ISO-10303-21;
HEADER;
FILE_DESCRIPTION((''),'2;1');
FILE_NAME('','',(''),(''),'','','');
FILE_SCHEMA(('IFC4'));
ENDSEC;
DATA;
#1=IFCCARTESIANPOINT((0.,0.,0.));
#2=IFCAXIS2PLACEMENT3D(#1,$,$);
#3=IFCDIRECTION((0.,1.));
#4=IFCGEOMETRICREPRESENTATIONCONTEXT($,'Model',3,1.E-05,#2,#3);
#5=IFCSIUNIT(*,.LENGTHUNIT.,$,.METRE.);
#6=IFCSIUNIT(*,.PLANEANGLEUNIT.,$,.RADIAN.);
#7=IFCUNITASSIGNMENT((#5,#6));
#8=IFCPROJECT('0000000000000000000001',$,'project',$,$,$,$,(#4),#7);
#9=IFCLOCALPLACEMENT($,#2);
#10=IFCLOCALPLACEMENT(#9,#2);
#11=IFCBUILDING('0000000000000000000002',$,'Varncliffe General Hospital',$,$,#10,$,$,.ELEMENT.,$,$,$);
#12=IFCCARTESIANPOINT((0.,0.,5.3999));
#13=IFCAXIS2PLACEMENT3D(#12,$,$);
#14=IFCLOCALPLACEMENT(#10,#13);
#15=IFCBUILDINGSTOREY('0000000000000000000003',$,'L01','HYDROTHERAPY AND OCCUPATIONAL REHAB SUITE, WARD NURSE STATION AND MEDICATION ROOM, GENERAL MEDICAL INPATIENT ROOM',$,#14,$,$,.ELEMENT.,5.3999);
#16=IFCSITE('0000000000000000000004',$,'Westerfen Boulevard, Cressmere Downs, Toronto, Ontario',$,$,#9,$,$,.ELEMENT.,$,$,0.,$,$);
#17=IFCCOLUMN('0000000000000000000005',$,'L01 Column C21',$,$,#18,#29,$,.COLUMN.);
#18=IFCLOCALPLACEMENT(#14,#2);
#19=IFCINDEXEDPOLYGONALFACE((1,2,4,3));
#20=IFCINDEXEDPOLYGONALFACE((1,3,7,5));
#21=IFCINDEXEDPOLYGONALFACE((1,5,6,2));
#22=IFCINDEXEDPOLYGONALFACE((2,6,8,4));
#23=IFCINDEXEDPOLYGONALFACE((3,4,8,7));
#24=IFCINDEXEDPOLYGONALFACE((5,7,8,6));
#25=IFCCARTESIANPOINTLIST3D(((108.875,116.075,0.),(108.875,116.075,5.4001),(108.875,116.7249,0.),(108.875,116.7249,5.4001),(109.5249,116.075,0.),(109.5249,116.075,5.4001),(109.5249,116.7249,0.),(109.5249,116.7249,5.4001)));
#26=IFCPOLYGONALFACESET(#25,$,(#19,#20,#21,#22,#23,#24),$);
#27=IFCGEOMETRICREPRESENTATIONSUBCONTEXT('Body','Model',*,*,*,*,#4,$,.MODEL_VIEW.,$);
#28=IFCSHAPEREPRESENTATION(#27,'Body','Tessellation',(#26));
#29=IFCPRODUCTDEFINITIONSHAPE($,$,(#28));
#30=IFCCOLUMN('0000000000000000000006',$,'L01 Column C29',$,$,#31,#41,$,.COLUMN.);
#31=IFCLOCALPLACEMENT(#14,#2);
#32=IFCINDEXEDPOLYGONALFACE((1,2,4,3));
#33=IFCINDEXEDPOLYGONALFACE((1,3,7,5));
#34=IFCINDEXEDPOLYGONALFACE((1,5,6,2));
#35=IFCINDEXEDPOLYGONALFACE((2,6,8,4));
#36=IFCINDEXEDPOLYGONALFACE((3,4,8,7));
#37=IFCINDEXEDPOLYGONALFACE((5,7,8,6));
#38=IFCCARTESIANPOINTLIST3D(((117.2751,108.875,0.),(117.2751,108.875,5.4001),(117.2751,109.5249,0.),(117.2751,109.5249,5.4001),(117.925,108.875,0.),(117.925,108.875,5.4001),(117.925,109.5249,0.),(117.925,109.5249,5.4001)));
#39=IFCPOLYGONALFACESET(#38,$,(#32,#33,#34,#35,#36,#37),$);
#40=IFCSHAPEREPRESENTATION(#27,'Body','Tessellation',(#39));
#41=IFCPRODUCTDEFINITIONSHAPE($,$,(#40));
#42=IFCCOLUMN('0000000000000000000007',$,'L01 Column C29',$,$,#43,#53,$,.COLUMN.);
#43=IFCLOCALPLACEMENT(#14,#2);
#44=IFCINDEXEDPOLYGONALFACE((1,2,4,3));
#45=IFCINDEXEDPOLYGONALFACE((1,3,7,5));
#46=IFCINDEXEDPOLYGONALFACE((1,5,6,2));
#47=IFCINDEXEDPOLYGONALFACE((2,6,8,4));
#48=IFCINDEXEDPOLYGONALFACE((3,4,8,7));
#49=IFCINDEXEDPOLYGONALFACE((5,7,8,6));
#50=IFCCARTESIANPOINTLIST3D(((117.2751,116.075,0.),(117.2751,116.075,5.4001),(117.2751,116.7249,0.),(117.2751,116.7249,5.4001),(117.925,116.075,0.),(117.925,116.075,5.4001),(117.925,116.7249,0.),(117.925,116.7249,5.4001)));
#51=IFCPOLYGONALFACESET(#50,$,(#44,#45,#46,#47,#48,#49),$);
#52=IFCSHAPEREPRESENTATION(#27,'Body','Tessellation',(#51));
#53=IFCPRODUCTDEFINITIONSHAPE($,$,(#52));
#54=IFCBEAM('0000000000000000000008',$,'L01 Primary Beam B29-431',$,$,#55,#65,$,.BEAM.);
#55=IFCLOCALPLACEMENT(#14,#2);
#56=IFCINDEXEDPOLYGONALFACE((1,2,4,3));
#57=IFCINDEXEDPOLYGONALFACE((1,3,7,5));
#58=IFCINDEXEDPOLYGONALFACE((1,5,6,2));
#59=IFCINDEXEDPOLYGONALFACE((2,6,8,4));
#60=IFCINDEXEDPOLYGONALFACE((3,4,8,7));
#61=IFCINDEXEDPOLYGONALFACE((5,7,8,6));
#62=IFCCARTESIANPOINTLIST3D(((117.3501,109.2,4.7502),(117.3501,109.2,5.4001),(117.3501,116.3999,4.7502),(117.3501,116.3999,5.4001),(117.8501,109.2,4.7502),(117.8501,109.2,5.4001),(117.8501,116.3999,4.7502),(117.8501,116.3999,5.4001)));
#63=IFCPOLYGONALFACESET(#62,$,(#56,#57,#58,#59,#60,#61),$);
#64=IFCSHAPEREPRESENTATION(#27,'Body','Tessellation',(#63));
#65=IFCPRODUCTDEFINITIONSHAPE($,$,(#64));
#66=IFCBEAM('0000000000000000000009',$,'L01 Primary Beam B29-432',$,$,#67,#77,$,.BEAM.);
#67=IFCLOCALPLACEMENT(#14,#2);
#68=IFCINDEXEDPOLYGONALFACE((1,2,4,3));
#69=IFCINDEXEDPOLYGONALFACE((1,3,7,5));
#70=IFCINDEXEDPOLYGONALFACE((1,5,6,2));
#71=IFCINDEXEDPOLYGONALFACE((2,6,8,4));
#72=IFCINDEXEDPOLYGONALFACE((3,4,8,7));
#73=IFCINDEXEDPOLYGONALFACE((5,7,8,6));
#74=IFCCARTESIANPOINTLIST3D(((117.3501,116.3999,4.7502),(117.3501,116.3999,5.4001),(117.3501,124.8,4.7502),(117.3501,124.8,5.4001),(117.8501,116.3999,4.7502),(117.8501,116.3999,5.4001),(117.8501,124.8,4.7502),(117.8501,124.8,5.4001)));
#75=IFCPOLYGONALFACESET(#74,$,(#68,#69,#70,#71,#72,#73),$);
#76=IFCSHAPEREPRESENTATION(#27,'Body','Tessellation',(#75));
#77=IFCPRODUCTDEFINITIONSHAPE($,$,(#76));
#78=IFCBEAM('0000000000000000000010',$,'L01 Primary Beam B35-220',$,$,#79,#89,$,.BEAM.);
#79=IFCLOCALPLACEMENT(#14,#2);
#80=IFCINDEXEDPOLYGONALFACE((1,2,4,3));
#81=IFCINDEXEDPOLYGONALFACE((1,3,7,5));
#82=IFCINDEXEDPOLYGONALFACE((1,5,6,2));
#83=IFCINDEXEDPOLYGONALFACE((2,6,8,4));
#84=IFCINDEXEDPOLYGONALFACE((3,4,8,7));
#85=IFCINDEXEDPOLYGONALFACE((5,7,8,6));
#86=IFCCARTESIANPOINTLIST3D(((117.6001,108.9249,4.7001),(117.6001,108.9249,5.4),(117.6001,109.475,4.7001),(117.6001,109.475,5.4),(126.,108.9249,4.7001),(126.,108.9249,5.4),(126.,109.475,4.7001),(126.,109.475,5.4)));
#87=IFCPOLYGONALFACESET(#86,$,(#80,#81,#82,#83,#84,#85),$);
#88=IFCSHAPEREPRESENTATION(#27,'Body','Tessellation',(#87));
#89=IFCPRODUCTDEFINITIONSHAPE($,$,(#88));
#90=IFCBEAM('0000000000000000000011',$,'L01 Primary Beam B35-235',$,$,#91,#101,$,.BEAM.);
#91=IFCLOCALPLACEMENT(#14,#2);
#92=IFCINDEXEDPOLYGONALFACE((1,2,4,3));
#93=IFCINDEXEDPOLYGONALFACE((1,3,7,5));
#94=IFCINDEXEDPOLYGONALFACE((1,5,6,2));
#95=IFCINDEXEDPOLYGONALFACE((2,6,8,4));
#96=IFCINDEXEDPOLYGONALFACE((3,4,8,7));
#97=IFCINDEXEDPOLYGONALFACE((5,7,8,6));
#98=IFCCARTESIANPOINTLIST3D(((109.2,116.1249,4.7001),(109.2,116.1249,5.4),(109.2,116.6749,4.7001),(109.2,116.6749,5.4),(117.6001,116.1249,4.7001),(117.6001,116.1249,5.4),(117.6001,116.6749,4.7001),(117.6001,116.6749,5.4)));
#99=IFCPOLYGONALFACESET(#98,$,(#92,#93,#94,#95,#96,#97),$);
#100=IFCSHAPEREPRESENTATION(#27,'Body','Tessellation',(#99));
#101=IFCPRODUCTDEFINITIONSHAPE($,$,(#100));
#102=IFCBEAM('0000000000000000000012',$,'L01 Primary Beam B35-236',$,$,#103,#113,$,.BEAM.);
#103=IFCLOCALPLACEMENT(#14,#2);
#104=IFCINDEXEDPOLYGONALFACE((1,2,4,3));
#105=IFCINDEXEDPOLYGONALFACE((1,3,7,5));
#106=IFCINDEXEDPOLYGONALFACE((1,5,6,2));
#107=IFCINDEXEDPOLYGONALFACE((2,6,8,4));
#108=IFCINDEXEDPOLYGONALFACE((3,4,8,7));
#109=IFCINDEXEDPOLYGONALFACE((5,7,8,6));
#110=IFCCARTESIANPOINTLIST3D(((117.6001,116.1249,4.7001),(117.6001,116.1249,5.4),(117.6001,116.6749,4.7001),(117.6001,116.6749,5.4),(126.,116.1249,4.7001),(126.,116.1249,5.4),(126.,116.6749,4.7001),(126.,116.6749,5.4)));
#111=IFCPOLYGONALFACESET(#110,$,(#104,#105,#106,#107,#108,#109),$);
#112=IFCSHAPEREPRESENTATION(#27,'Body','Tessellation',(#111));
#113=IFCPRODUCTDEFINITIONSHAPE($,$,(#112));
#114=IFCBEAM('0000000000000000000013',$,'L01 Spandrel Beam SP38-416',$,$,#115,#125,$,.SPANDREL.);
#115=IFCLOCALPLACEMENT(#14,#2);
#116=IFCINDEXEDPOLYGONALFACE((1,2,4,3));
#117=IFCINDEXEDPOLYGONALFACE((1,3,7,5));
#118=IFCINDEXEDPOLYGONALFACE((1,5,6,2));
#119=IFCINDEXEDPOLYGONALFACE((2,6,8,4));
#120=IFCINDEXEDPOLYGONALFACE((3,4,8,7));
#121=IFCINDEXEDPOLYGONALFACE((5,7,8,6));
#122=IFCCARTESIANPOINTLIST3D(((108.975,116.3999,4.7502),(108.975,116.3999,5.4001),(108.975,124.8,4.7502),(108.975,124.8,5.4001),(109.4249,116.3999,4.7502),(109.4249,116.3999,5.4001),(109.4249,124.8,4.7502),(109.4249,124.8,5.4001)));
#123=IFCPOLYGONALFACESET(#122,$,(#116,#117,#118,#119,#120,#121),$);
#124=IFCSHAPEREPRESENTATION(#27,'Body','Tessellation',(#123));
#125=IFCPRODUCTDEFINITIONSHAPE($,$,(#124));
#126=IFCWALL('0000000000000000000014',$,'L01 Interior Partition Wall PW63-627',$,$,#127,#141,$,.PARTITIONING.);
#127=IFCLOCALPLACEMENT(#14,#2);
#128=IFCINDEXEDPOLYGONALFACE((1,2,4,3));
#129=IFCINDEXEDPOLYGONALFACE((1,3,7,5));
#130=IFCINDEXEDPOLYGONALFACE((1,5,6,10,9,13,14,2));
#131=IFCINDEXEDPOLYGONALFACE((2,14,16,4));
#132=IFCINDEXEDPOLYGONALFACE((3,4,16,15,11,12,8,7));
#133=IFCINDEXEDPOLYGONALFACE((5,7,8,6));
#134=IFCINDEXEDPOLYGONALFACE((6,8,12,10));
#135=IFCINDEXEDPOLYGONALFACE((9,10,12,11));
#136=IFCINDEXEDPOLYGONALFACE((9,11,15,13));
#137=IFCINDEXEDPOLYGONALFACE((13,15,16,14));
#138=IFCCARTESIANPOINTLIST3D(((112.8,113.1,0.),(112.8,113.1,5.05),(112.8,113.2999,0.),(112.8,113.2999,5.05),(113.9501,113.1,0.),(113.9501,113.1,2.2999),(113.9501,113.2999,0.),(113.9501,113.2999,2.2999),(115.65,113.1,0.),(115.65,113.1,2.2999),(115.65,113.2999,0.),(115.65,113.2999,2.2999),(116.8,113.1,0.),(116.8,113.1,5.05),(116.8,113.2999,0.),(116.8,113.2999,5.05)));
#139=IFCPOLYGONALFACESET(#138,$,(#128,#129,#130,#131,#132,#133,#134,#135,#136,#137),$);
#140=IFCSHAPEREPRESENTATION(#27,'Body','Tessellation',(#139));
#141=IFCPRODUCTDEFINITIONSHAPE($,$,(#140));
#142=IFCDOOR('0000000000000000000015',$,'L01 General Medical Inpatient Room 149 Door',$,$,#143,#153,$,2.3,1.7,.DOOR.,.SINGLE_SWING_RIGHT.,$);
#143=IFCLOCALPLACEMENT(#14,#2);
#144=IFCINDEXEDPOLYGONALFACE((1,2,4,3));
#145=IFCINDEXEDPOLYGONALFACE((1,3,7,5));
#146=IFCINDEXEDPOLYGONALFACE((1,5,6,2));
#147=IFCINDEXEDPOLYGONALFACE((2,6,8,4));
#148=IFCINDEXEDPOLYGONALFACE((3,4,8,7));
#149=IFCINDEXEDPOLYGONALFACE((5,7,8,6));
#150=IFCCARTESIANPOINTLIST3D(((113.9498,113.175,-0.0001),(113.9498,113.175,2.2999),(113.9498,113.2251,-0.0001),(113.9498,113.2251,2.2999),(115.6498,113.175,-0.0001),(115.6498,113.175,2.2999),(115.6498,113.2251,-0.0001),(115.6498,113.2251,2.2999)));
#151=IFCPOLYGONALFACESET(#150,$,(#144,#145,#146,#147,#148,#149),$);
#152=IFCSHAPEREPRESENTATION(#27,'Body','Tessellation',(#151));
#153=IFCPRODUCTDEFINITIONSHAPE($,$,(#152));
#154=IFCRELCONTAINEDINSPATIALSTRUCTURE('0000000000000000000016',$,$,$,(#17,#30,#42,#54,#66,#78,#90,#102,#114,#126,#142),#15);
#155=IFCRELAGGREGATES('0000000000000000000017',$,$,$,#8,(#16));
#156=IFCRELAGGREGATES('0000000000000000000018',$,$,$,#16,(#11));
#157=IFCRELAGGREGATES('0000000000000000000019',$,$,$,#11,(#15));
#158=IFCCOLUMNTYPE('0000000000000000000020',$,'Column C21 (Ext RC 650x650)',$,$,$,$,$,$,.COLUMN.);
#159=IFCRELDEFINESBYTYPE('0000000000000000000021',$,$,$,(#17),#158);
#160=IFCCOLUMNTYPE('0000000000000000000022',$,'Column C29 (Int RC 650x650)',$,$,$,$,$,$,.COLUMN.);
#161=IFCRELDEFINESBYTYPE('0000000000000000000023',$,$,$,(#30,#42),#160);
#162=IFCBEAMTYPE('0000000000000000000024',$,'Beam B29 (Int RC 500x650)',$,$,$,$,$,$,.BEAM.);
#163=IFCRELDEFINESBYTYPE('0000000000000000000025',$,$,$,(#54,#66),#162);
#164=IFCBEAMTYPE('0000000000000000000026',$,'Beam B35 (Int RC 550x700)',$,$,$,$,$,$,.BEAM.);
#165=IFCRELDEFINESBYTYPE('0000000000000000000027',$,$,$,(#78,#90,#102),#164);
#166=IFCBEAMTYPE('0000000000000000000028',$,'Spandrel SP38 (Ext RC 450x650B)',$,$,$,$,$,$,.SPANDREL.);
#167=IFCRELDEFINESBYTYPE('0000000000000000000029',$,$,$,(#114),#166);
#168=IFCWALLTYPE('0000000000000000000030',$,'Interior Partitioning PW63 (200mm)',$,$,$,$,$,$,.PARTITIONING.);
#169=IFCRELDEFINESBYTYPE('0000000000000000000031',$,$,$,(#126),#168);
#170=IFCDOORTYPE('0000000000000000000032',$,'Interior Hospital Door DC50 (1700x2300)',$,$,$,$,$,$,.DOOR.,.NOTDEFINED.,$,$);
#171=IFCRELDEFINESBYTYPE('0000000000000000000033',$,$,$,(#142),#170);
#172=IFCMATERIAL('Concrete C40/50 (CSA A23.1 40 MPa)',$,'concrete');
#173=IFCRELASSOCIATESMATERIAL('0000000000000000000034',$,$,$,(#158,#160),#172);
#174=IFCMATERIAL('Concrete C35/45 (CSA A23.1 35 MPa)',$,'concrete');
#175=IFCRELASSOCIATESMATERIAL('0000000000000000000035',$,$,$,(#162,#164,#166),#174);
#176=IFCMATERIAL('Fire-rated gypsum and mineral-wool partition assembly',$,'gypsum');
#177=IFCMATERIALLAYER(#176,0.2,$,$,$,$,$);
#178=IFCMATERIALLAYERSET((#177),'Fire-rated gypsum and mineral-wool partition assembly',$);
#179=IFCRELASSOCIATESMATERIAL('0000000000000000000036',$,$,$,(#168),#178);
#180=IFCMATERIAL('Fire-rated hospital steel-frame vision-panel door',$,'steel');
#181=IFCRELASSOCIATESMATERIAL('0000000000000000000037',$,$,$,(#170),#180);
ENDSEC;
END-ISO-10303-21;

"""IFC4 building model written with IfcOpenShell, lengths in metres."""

from ifc_helpers import new_model, si_unit, direction, frame, frame_2d, origin, origin_2d, place, context, subcontext, project, spatial, rectangle, extrude, material, layer, layer_set, material_profile, profile_set, type_object, element, fill, save


model = new_model("IFC4")

# Units and contexts
model_context = context("Model", 3, precision=1e-05, world=origin(), true_north=direction((0.0, 1.0)))
body_context = subcontext(model_context, "Body", "Model", "MODEL_VIEW")
ifc_project = project(units=[si_unit("LENGTHUNIT", "METRE"), si_unit("PLANEANGLEUNIT", "RADIAN")], contexts=[model_context])

# Site, building, storey
site_placement = place(None, origin())
site = spatial("IfcSite", under=ifc_project, at=site_placement, Name="Westerfen Boulevard, Cressmere Downs, Toronto, Ontario", CompositionType="ELEMENT", RefElevation=0.0)
building_placement = place(site_placement, origin())
building = spatial("IfcBuilding", under=site, at=building_placement, Name="Varncliffe General Hospital", CompositionType="ELEMENT")
storey_placement = place(building_placement, frame((0.0, 0.0, 5.3999)))
storey = spatial("IfcBuildingStorey", under=building, at=storey_placement, Name="L01", Description="HYDROTHERAPY AND OCCUPATIONAL REHAB SUITE, WARD NURSE STATION AND MEDICATION ROOM, GENERAL MEDICAL INPATIENT ROOM", CompositionType="ELEMENT", Elevation=5.3999)

# Columns
ifc_material_1 = material(Name="Concrete C40/50 (CSA A23.1 40 MPa)", Category="concrete")
ifc_material_profile_1 = material_profile(ifc_material_1, rectangle(XDim=0.6499, YDim=0.6499, at=origin_2d()), Name="RC 650x650")
ifc_profile_set_1 = profile_set([ifc_material_profile_1], Name="Concrete C40/50 (CSA A23.1 40 MPa)")
column_type_1 = type_object("IfcColumnType", Name="Column C21 (Ext RC 650x650)", PredefinedType="COLUMN", material=ifc_profile_set_1)
column_placement = place(storey_placement, frame((109.2, 116.3999, 0.0), z_axis=(0.0, 0.0, 1.0), x_axis=(1.0, 0.0, 0.0)))
element("IfcColumn", 1, at=column_placement, inside=storey, type_object=column_type_1, Name="L01 Column C21", PredefinedType="COLUMN", context=body_context, shape_type="SweptSolid", body=[
    extrude(rectangle(XDim=0.6499, YDim=0.6499, at=origin_2d()), origin(), (0.0, 0.0, 1.0), 5.4001),
])
ifc_material_profile_2 = material_profile(ifc_material_1, rectangle(XDim=0.6499, YDim=0.6499, at=origin_2d()), Name="RC 650x650")
ifc_profile_set_2 = profile_set([ifc_material_profile_2], Name="Concrete C40/50 (CSA A23.1 40 MPa)")
column_type_2 = type_object("IfcColumnType", Name="Column C29 (Int RC 650x650)", PredefinedType="COLUMN", material=ifc_profile_set_2)
for number, where, z_axis, x_axis, name in (
    (2, (117.6001, 109.2, 0.0), (0.0, 0.0, 1.0), (1.0, 0.0, 0.0), "L01 Column C29"),
    (3, (117.6001, 116.3999, 0.0), (0.0, 0.0, 1.0), (1.0, 0.0, 0.0), "L01 Column C29"),
):
    element("IfcColumn", number, at=place(storey_placement, frame(where, z_axis=z_axis, x_axis=x_axis)), inside=storey, type_object=column_type_2, Name=name, PredefinedType="COLUMN", context=body_context, shape_type="SweptSolid", body=[
        extrude(rectangle(XDim=0.6499, YDim=0.6499, at=origin_2d()), origin(), (0.0, 0.0, 1.0), 5.4001),
    ])

# Beams
ifc_material_2 = material(Name="Concrete C35/45 (CSA A23.1 35 MPa)", Category="concrete")
ifc_material_profile_3 = material_profile(ifc_material_2, rectangle(XDim=0.5, YDim=0.6499, at=origin_2d()), Name="RC 500x650")
ifc_profile_set_3 = profile_set([ifc_material_profile_3], Name="Concrete C35/45 (CSA A23.1 35 MPa)")
beam_type_1 = type_object("IfcBeamType", Name="Beam B29 (Int RC 500x650)", PredefinedType="BEAM", material=ifc_profile_set_3)
beam_1_placement = place(storey_placement, frame((117.6001, 109.2, 5.0752), z_axis=(0.0, 1.0, 0.0), x_axis=(-1.0, 0.0, 0.0)))
element("IfcBeam", 4, at=beam_1_placement, inside=storey, type_object=beam_type_1, Name="L01 Primary Beam B29-431", PredefinedType="BEAM", context=body_context, shape_type="SweptSolid", body=[
    extrude(rectangle(XDim=0.5, YDim=0.6499, at=origin_2d()), origin(), (0.0, 0.0, 1.0), 7.2),
])
beam_2_placement = place(storey_placement, frame((117.6001, 116.3999, 5.0752), z_axis=(0.0, 1.0, 0.0), x_axis=(-1.0, 0.0, 0.0)))
element("IfcBeam", 5, at=beam_2_placement, inside=storey, type_object=beam_type_1, Name="L01 Primary Beam B29-432", PredefinedType="BEAM", context=body_context, shape_type="SweptSolid", body=[
    extrude(rectangle(XDim=0.5, YDim=0.6499, at=origin_2d()), origin(), (0.0, 0.0, 1.0), 8.4001),
])
ifc_material_profile_4 = material_profile(ifc_material_2, rectangle(XDim=0.55, YDim=0.7, at=origin_2d()), Name="RC 550x700")
ifc_profile_set_4 = profile_set([ifc_material_profile_4], Name="Concrete C35/45 (CSA A23.1 35 MPa)")
beam_type_2 = type_object("IfcBeamType", Name="Beam B35 (Int RC 550x700)", PredefinedType="BEAM", material=ifc_profile_set_4)
beam_3_placement = place(storey_placement, frame((117.6001, 109.2, 5.05), z_axis=(1.0, 0.0, 0.0), x_axis=(0.0, 1.0, 0.0)))
element("IfcBeam", 6, at=beam_3_placement, inside=storey, type_object=beam_type_2, Name="L01 Primary Beam B35-220", PredefinedType="BEAM", context=body_context, shape_type="SweptSolid", body=[
    extrude(rectangle(XDim=0.55, YDim=0.7, at=origin_2d()), origin(), (0.0, 0.0, 1.0), 8.3999),
])
beam_4_placement = place(storey_placement, frame((109.2, 116.3999, 5.05), z_axis=(1.0, 0.0, 0.0), x_axis=(0.0, 1.0, 0.0)))
element("IfcBeam", 7, at=beam_4_placement, inside=storey, type_object=beam_type_2, Name="L01 Primary Beam B35-235", PredefinedType="BEAM", context=body_context, shape_type="SweptSolid", body=[
    extrude(rectangle(XDim=0.55, YDim=0.7, at=origin_2d()), origin(), (0.0, 0.0, 1.0), 8.4001),
])
beam_5_placement = place(storey_placement, frame((117.6001, 116.3999, 5.05), z_axis=(1.0, 0.0, 0.0), x_axis=(0.0, 1.0, 0.0)))
element("IfcBeam", 8, at=beam_5_placement, inside=storey, type_object=beam_type_2, Name="L01 Primary Beam B35-236", PredefinedType="BEAM", context=body_context, shape_type="SweptSolid", body=[
    extrude(rectangle(XDim=0.55, YDim=0.7, at=origin_2d()), origin(), (0.0, 0.0, 1.0), 8.3999),
])
ifc_material_profile_5 = material_profile(ifc_material_2, rectangle(XDim=0.45, YDim=0.6499, at=origin_2d()), Name="RC 450x650")
ifc_profile_set_5 = profile_set([ifc_material_profile_5], Name="Concrete C35/45 (CSA A23.1 35 MPa)")
beam_type_3 = type_object("IfcBeamType", Name="Spandrel SP38 (Ext RC 450x650B)", PredefinedType="SPANDREL", material=ifc_profile_set_5)
beam_6_placement = place(storey_placement, frame((109.2, 116.3999, 5.0752), z_axis=(0.0, 1.0, 0.0), x_axis=(-1.0, 0.0, 0.0)))
element("IfcBeam", 9, at=beam_6_placement, inside=storey, type_object=beam_type_3, Name="L01 Spandrel Beam SP38-416", PredefinedType="SPANDREL", context=body_context, shape_type="SweptSolid", body=[
    extrude(rectangle(XDim=0.45, YDim=0.6499, at=origin_2d()), origin(), (0.0, 0.0, 1.0), 8.4001),
])

# Wall, opening, door
ifc_material_3 = material(Name="Fire-rated gypsum and mineral-wool partition assembly", Category="gypsum")
ifc_layer_1 = layer(ifc_material_3, 0.2)
ifc_layer_set_1 = layer_set([ifc_layer_1], Name="Fire-rated gypsum and mineral-wool partition assembly")
wall_type_1 = type_object("IfcWallType", Name="Interior Partitioning PW63 (200mm)", PredefinedType="PARTITIONING", material=ifc_layer_set_1)
wall_1_placement = place(storey_placement, frame((112.8, 113.2, 0.0), z_axis=(0.0, 0.0, 1.0), x_axis=(1.0, 0.0, 0.0)))
wall_1 = element("IfcWall", 10, at=wall_1_placement, inside=storey, type_object=wall_type_1, Name="L01 Interior Partition Wall PW63-627", PredefinedType="PARTITIONING", context=body_context, shape_type="SweptSolid", body=[
    extrude(rectangle(XDim=4.0, YDim=0.2, at=frame_2d((2.0, 0.0))), origin(), (0.0, 0.0, 1.0), 5.05),
])
opening_1_placement = place(wall_1_placement, frame((1.1499, 0.0, 0.0)))
opening_1 = element("IfcOpeningElement", 11, at=opening_1_placement, cuts=wall_1, PredefinedType="OPENING", context=body_context, shape_type="SweptSolid", body=[
    extrude(rectangle(XDim=1.7, YDim=2.3, at=frame_2d((0.8501, 1.1499))), frame((0.0, 0.1099, 0.0), z_axis=(0.0, -1.0, 0.0), x_axis=(1.0, 0.0, 0.0)), (0.0, 0.0, 1.0), 0.22),
])
ifc_material_4 = material(Name="Fire-rated hospital steel-frame vision-panel door", Category="steel")
door_type_1 = type_object("IfcDoorType", Name="Interior Hospital Door DC50 (1700x2300)", OperationType="NOTDEFINED", PredefinedType="DOOR", material=ifc_material_4)
door_1_placement = place(opening_1_placement, frame((1.7, 0.0, 0.0), z_axis=(0.0, 0.0, 1.0), x_axis=(-1.0, 0.0, 0.0)))
door_1 = element("IfcDoor", 12, at=door_1_placement, inside=storey, type_object=door_type_1, Name="L01 General Medical Inpatient Room 149 Door", OperationType="SINGLE_SWING_RIGHT", OverallHeight=2.3, OverallWidth=1.7, PredefinedType="DOOR", context=body_context, shape_type="SweptSolid", body=[
    extrude(rectangle(XDim=1.7, YDim=2.3, at=frame_2d((0.8501, 1.1499))), frame((0.0, 0.0249, 0.0), z_axis=(0.0, -1.0, 0.0), x_axis=(1.0, 0.0, 0.0)), (0.0, 0.0, 1.0), 0.05),
])
fill(opening_1, door_1)

save(model, "model.ifc")
